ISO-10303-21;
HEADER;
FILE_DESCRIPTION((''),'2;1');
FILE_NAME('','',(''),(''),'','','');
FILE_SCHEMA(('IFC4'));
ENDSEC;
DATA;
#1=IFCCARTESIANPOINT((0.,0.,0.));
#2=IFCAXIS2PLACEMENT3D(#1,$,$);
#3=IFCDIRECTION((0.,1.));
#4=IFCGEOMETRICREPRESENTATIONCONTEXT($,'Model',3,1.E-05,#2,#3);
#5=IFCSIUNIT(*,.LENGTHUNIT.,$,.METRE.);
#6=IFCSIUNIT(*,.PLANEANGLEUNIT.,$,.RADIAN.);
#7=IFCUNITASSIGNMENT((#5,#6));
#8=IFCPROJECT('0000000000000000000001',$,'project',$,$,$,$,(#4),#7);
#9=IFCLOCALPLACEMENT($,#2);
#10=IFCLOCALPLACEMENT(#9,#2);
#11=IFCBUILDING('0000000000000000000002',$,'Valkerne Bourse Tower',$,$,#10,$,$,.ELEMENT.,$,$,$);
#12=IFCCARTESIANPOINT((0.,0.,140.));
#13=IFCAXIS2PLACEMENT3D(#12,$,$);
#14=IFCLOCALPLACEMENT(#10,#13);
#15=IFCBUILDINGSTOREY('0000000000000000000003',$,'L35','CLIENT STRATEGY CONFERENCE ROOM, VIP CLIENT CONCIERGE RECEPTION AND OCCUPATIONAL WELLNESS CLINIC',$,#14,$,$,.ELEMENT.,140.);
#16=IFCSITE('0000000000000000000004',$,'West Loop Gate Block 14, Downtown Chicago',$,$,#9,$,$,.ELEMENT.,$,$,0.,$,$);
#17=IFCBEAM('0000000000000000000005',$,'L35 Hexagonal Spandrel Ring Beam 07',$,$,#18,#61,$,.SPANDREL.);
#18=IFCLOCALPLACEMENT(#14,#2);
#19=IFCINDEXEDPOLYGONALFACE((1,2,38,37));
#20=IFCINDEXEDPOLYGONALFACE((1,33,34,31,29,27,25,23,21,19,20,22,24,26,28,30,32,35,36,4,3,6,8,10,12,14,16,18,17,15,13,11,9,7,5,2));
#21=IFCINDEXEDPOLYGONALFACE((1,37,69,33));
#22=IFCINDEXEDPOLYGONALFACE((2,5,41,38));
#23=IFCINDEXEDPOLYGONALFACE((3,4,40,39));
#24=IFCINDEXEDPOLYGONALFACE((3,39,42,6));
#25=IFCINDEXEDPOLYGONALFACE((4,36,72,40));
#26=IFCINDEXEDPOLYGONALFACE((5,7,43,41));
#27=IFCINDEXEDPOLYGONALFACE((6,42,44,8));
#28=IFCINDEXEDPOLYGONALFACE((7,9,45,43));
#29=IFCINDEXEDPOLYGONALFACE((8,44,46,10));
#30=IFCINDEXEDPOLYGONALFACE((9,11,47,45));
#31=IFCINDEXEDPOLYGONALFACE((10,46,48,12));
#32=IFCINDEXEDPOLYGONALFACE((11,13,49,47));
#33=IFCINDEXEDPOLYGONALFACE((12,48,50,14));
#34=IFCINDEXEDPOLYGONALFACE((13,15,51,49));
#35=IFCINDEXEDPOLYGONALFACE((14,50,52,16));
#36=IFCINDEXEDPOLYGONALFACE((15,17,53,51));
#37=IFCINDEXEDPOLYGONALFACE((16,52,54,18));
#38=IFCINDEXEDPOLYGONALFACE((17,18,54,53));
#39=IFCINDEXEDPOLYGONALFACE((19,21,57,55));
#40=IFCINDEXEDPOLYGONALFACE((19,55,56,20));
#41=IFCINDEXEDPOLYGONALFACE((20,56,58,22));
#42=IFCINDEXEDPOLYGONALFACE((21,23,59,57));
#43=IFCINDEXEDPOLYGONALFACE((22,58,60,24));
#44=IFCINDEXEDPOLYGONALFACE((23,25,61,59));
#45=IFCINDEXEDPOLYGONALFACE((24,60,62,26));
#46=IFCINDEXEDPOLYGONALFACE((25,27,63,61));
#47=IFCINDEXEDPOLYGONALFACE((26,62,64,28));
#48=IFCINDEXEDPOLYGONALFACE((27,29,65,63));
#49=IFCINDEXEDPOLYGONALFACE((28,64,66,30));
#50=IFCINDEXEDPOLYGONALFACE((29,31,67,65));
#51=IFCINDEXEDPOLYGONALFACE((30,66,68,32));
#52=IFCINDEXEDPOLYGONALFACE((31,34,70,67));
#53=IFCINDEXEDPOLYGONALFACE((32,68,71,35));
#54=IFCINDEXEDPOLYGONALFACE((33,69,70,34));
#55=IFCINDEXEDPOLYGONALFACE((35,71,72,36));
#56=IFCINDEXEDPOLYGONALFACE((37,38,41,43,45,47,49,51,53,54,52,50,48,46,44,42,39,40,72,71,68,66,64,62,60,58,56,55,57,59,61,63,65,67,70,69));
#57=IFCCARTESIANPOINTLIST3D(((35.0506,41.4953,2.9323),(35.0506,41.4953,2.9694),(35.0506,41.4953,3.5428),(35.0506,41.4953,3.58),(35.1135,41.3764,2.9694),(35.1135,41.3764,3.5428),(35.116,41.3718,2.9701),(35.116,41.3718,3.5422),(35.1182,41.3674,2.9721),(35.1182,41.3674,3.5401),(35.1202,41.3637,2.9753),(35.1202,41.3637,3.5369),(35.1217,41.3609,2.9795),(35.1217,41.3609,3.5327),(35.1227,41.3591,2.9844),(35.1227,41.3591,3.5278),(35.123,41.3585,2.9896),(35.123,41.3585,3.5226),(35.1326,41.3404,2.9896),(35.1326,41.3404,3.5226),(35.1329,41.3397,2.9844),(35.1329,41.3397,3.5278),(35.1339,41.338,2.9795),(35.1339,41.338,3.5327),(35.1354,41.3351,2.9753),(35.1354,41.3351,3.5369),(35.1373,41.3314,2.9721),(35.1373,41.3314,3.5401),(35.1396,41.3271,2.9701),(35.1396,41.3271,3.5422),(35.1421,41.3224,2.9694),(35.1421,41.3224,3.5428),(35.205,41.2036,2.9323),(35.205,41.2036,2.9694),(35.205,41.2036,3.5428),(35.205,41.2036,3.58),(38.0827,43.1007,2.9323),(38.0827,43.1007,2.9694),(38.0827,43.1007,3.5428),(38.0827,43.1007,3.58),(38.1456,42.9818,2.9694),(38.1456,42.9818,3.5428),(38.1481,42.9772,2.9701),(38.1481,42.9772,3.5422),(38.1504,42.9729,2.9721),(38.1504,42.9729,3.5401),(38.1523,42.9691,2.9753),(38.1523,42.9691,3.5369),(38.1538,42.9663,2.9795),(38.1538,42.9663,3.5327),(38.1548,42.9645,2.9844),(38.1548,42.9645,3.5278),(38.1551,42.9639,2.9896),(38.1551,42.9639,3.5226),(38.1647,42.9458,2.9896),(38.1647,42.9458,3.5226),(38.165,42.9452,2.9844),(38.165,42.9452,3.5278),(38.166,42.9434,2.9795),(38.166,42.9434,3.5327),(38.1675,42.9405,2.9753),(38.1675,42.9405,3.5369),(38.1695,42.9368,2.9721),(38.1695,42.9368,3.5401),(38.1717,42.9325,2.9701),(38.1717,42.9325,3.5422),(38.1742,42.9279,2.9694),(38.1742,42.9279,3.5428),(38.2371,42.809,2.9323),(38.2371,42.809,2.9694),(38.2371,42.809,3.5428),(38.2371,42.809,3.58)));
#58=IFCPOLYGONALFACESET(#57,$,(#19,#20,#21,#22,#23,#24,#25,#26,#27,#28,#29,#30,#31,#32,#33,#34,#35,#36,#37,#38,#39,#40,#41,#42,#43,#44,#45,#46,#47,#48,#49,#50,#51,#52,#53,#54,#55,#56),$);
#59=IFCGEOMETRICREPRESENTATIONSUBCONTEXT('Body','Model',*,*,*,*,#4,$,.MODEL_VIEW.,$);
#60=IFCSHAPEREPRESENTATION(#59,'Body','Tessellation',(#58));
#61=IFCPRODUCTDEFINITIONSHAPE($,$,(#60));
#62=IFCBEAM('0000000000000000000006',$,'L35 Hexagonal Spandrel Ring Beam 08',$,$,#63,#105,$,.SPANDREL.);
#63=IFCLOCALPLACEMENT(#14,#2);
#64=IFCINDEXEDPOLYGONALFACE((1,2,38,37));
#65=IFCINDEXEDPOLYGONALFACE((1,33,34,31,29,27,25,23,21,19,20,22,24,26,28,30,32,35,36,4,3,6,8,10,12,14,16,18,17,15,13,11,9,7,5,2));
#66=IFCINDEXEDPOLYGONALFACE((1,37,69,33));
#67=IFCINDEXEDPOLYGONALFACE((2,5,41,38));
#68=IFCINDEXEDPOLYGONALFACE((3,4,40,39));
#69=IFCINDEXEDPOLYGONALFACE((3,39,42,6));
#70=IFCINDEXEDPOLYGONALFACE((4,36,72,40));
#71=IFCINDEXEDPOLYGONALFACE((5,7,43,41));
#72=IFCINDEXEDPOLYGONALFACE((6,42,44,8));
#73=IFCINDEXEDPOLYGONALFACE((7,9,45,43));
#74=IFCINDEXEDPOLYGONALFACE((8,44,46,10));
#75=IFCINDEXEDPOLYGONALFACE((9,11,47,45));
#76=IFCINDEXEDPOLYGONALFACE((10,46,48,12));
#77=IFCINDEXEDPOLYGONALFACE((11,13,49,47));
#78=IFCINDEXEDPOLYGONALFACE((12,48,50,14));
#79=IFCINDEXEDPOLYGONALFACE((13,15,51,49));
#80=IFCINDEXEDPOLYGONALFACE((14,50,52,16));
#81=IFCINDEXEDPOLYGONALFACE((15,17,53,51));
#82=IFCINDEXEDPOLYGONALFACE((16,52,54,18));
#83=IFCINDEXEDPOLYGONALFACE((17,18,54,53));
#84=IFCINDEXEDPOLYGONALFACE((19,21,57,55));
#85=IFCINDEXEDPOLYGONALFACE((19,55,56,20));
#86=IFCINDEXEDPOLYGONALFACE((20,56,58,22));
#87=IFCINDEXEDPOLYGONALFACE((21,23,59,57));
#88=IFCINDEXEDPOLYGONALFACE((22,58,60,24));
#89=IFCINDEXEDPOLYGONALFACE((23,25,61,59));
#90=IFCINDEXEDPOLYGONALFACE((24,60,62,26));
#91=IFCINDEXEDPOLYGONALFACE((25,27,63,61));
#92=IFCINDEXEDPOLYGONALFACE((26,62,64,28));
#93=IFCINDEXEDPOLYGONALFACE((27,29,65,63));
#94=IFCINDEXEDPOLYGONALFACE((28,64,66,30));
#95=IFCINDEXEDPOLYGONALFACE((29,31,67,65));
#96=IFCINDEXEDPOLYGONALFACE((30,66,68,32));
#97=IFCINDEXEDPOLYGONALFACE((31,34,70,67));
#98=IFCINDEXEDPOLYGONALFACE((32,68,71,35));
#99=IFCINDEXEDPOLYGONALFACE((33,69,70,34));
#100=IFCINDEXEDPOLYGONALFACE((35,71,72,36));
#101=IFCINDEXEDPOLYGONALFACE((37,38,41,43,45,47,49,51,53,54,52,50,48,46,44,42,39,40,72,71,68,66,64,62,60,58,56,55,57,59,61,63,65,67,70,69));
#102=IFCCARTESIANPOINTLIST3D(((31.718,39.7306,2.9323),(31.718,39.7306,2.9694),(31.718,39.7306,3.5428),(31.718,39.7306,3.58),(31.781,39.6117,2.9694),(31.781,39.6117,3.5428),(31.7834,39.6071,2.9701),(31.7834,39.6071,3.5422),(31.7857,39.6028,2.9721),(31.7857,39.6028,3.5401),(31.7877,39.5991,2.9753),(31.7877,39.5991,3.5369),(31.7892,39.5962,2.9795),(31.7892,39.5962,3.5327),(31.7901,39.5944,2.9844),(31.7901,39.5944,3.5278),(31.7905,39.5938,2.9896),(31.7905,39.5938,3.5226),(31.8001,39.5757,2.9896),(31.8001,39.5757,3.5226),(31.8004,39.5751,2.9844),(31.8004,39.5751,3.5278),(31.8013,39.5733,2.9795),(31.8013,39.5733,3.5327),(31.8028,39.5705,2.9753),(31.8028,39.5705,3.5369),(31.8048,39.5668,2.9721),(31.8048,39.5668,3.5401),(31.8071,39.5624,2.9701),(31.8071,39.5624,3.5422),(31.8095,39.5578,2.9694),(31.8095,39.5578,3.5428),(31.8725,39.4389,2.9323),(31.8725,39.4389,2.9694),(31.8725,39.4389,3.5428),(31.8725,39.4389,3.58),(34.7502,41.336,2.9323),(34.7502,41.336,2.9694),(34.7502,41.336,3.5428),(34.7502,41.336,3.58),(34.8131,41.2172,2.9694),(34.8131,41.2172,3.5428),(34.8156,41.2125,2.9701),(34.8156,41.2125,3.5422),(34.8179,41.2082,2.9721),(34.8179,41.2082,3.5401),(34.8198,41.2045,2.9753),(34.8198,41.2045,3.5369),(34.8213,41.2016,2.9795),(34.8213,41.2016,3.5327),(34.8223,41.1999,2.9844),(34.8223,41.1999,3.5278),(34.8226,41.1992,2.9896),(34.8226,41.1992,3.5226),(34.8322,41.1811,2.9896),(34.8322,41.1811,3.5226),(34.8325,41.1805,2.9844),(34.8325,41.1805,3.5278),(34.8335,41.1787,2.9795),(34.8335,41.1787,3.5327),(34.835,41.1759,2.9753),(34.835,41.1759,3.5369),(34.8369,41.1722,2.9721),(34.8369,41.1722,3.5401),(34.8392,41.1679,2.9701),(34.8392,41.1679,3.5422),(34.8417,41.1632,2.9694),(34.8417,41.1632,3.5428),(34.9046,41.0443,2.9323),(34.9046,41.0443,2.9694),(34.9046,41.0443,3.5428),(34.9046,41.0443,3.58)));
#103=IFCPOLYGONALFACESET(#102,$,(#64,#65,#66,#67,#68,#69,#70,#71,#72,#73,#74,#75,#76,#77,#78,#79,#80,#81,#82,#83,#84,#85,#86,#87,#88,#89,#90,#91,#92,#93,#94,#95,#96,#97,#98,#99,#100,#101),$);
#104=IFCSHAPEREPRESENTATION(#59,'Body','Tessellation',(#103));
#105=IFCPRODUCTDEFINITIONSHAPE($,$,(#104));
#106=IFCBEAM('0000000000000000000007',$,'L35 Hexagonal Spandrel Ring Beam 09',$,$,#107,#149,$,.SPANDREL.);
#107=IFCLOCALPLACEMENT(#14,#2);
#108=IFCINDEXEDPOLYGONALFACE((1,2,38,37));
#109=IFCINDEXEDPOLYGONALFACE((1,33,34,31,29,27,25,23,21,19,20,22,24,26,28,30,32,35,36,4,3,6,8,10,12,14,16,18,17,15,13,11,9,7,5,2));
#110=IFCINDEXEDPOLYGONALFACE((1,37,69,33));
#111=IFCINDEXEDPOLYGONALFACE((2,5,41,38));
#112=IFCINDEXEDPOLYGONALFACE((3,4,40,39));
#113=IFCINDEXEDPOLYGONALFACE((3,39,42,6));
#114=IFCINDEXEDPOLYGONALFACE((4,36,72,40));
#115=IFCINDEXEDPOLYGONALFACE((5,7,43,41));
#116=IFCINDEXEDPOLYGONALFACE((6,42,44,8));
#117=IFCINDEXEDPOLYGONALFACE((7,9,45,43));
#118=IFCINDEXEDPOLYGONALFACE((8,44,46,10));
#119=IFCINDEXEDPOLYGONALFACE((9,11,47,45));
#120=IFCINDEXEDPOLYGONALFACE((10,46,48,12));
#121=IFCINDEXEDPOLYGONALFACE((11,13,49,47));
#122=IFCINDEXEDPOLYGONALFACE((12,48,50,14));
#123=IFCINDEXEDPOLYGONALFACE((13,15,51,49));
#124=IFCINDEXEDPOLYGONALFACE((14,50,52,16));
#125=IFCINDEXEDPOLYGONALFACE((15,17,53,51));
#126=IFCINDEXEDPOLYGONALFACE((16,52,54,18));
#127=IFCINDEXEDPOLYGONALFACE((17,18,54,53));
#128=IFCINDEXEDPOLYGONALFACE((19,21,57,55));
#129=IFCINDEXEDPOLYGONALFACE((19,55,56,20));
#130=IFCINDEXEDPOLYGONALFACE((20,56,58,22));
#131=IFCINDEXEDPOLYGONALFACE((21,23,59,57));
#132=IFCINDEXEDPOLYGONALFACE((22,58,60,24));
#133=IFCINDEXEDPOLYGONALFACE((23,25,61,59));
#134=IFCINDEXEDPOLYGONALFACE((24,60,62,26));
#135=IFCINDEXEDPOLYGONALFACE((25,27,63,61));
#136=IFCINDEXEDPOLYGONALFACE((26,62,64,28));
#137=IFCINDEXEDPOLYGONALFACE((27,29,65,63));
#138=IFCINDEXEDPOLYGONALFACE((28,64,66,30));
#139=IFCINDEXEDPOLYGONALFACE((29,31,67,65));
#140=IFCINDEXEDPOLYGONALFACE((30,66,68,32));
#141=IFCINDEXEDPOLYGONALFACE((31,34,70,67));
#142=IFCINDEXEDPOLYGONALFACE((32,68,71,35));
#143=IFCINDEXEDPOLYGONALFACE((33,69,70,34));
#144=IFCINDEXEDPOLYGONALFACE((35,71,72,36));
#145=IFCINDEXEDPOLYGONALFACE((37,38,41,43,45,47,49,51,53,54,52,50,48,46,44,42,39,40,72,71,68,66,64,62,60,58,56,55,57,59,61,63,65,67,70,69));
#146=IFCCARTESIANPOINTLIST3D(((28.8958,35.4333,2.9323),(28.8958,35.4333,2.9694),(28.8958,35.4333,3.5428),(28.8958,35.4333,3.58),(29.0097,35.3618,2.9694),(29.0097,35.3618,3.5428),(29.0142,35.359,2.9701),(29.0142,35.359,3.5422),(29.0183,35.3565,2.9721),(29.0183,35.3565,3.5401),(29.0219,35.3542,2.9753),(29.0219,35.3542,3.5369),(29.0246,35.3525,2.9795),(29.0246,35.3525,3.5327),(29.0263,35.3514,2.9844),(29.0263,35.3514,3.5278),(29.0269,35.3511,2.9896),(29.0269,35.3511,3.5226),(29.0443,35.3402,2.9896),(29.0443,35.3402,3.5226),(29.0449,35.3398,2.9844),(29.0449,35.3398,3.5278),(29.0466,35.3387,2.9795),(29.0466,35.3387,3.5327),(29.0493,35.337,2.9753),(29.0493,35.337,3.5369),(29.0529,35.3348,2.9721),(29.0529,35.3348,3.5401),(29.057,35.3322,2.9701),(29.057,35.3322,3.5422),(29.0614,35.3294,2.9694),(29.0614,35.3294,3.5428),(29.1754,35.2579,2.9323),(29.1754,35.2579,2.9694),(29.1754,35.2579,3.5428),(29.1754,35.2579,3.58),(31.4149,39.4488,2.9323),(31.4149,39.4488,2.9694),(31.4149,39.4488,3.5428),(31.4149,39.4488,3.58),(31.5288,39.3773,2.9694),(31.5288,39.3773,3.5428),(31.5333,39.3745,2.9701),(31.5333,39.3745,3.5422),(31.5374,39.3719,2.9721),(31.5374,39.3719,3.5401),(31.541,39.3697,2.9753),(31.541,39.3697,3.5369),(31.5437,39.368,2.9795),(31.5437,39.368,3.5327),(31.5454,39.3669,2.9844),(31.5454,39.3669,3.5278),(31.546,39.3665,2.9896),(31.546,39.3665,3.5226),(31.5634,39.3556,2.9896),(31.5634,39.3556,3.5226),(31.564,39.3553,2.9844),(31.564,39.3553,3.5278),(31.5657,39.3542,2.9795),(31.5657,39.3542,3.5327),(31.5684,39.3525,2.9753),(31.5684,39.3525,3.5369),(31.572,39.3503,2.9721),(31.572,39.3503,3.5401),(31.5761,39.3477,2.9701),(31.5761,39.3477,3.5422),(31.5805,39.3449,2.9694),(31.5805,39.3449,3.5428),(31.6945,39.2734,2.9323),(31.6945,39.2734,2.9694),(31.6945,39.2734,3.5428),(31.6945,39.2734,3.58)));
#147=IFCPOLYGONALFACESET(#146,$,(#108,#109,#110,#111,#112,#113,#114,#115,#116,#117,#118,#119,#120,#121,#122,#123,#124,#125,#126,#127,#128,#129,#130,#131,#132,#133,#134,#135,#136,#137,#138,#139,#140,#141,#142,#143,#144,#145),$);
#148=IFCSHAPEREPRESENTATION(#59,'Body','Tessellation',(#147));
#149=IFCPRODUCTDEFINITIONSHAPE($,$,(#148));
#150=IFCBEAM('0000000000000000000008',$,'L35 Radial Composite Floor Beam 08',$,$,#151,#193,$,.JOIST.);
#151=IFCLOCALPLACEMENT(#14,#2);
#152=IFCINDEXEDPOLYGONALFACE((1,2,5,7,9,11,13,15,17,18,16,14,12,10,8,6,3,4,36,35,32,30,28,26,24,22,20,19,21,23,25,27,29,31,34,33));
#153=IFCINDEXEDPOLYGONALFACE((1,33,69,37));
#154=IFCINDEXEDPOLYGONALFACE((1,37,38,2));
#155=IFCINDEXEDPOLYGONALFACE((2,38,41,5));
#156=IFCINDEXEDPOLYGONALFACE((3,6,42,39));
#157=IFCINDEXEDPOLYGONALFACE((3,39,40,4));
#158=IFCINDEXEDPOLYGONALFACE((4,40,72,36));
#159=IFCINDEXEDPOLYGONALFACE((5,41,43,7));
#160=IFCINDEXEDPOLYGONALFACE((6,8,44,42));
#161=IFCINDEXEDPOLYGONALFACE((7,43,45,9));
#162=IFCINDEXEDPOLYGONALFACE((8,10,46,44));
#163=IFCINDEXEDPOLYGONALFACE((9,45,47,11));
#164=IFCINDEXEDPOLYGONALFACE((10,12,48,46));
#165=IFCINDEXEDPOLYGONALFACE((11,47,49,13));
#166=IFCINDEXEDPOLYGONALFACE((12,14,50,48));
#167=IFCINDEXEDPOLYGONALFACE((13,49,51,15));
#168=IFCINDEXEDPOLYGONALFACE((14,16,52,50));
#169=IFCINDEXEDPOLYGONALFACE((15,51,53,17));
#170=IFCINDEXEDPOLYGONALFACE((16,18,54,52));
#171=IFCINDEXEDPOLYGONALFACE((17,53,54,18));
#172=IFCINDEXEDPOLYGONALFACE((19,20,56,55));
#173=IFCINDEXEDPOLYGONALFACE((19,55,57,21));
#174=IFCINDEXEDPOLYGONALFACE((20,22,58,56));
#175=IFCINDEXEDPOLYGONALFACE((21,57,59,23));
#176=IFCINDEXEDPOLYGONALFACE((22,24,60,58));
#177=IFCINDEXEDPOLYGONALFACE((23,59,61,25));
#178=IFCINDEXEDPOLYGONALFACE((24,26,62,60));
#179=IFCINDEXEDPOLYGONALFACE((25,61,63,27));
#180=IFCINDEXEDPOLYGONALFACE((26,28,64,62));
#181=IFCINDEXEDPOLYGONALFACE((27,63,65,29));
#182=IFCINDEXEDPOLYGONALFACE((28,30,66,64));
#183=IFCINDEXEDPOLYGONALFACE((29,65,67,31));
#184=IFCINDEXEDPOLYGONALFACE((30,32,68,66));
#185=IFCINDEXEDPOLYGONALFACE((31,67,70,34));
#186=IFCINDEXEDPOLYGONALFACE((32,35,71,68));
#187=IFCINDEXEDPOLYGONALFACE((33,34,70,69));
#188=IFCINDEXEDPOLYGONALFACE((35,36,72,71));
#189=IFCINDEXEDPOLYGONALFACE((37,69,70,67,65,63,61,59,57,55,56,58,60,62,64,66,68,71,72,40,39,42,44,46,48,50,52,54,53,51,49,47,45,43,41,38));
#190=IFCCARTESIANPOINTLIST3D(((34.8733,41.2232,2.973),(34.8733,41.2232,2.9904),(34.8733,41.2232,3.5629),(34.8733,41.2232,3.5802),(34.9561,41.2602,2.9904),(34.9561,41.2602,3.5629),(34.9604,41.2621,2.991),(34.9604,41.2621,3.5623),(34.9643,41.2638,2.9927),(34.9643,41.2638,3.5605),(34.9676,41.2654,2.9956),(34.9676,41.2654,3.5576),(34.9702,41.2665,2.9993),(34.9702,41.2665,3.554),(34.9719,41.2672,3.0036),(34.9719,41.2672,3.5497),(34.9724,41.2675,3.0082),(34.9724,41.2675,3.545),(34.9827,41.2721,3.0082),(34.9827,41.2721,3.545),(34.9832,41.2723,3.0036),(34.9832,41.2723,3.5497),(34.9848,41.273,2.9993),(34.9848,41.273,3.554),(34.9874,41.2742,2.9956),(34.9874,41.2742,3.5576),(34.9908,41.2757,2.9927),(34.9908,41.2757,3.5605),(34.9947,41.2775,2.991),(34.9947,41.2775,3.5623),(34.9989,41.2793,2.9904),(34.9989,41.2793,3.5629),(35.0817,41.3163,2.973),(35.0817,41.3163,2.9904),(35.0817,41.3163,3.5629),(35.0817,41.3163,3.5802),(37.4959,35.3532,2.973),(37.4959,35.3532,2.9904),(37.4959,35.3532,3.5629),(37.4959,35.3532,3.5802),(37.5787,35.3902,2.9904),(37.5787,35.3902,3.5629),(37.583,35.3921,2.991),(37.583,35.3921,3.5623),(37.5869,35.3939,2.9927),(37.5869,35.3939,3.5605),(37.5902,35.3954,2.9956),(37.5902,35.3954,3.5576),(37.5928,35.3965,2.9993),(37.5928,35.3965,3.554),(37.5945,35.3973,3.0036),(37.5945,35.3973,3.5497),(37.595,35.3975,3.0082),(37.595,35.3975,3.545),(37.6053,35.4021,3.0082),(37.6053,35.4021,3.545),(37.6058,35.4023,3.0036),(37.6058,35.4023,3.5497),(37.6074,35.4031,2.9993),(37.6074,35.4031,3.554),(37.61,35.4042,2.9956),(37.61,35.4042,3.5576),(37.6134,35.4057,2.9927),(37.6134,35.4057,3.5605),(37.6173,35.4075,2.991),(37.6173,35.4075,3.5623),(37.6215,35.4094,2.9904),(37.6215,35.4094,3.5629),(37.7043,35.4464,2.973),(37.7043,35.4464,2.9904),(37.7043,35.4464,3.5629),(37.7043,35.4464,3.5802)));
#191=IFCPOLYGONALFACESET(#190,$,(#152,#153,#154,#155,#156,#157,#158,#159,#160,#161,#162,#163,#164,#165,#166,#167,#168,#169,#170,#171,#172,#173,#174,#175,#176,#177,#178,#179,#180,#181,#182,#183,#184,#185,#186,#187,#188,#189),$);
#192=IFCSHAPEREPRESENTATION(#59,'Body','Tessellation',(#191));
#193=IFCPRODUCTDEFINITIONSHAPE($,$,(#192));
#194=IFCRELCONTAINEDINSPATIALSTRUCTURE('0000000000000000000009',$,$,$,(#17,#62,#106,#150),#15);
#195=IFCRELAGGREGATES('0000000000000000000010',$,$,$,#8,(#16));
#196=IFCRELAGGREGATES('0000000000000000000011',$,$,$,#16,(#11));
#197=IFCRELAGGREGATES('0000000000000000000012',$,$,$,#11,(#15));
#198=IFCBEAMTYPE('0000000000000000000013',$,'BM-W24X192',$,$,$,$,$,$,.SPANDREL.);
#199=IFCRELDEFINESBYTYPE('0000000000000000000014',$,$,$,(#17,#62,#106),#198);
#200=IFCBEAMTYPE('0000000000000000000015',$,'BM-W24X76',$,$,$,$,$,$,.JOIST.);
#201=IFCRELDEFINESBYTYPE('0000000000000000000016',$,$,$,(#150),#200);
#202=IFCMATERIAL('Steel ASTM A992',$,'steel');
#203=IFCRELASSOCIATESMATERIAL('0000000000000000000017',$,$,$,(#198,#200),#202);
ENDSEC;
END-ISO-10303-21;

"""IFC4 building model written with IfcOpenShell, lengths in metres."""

from ifc_helpers import new_model, si_unit, direction, frame, origin, origin_2d, place, context, subcontext, project, spatial, i_section, extrude, material, material_profile, profile_set, type_object, element, save


model = new_model("IFC4")

# Units and contexts
model_context = context("Model", 3, precision=1e-05, world=origin(), true_north=direction((0.0, 1.0)))
body_context = subcontext(model_context, "Body", "Model", "MODEL_VIEW")
ifc_project = project(units=[si_unit("LENGTHUNIT", "METRE"), si_unit("PLANEANGLEUNIT", "RADIAN")], contexts=[model_context])

# Site, building, storey
site_placement = place(None, origin())
site = spatial("IfcSite", under=ifc_project, at=site_placement, Name="West Loop Gate Block 14, Downtown Chicago", CompositionType="ELEMENT", RefElevation=0.0)
building_placement = place(site_placement, origin())
building = spatial("IfcBuilding", under=site, at=building_placement, Name="Valkerne Bourse Tower", CompositionType="ELEMENT")
storey_placement = place(building_placement, frame((0.0, 0.0, 140.0)))
storey = spatial("IfcBuildingStorey", under=building, at=storey_placement, Name="L35", Description="CLIENT STRATEGY CONFERENCE ROOM, VIP CLIENT CONCIERGE RECEPTION AND OCCUPATIONAL WELLNESS CLINIC", CompositionType="ELEMENT", Elevation=140.0)

# Beams
ifc_material_1 = material(Name="Steel ASTM A992", Category="steel")
ifc_material_profile_1 = material_profile(ifc_material_1, i_section(OverallWidth=0.3301, OverallDepth=0.6477, WebThickness=0.0205, FlangeThickness=0.0371, FilletRadius=0.0203, at=origin_2d()), Name="W24X192")
ifc_profile_set_1 = profile_set([ifc_material_profile_1], Name="Steel ASTM A992")
beam_type_1 = type_object("IfcBeamType", Name="BM-W24X192", PredefinedType="SPANDREL", material=ifc_profile_set_1)
for number, where, z_axis, x_axis, name in (
    (1, (38.1599, 42.9548, 3.2561), (-0.883767, -0.467927, 0.0), (0.467927, -0.883767, 0.0), "L35 Hexagonal Spandrel Ring Beam 07"),
    (2, (34.8274, 41.1902, 3.2561), (-0.883767, -0.467927, 0.0), (0.467927, -0.883767, 0.0), "L35 Hexagonal Spandrel Ring Beam 08"),
):
    element("IfcBeam", number, at=place(storey_placement, frame(where, z_axis=z_axis, x_axis=x_axis)), inside=storey, type_object=beam_type_1, Name=name, PredefinedType="SPANDREL", context=body_context, shape_type="SweptSolid", body=[
        extrude(i_section(OverallWidth=0.3301, OverallDepth=0.6477, WebThickness=0.0205, FlangeThickness=0.0371, FilletRadius=0.0203, at=origin_2d()), origin(), (0.0, 0.0, 1.0), 3.4309),
    ])
beam_1_placement = place(storey_placement, frame((31.5547, 39.3611, 3.2561), z_axis=(-0.531429, -0.847103, 0.0), x_axis=(0.847103, -0.531429, 0.0)))
element("IfcBeam", 3, at=beam_1_placement, inside=storey, type_object=beam_type_1, Name="L35 Hexagonal Spandrel Ring Beam 09", PredefinedType="SPANDREL", context=body_context, shape_type="SweptSolid", body=[
    extrude(i_section(OverallWidth=0.3301, OverallDepth=0.6477, WebThickness=0.0205, FlangeThickness=0.0371, FilletRadius=0.0203, at=origin_2d()), origin(), (0.0, 0.0, 1.0), 4.7402),
])
ifc_material_profile_2 = material_profile(ifc_material_1, i_section(OverallWidth=0.2283, OverallDepth=0.6072, WebThickness=0.0112, FlangeThickness=0.0173, FilletRadius=0.0178, at=origin_2d()), Name="W24X76")
ifc_profile_set_2 = profile_set([ifc_material_profile_2], Name="Steel ASTM A992")
beam_type_2 = type_object("IfcBeamType", Name="BM-W24X76", PredefinedType="JOIST", material=ifc_profile_set_2)
beam_2_placement = place(storey_placement, frame((34.9775, 41.2698, 3.2766), z_axis=(0.407921, -0.913017, 0.0), x_axis=(0.913017, 0.407921, 0.0)))
element("IfcBeam", 4, at=beam_2_placement, inside=storey, type_object=beam_type_2, Name="L35 Radial Composite Floor Beam 08", PredefinedType="JOIST", context=body_context, shape_type="SweptSolid", body=[
    extrude(i_section(OverallWidth=0.2283, OverallDepth=0.6072, WebThickness=0.0112, FlangeThickness=0.0173, FilletRadius=0.0178, at=origin_2d()), origin(), (0.0, 0.0, 1.0), 6.4292),
])

save(model, "model.ifc")
